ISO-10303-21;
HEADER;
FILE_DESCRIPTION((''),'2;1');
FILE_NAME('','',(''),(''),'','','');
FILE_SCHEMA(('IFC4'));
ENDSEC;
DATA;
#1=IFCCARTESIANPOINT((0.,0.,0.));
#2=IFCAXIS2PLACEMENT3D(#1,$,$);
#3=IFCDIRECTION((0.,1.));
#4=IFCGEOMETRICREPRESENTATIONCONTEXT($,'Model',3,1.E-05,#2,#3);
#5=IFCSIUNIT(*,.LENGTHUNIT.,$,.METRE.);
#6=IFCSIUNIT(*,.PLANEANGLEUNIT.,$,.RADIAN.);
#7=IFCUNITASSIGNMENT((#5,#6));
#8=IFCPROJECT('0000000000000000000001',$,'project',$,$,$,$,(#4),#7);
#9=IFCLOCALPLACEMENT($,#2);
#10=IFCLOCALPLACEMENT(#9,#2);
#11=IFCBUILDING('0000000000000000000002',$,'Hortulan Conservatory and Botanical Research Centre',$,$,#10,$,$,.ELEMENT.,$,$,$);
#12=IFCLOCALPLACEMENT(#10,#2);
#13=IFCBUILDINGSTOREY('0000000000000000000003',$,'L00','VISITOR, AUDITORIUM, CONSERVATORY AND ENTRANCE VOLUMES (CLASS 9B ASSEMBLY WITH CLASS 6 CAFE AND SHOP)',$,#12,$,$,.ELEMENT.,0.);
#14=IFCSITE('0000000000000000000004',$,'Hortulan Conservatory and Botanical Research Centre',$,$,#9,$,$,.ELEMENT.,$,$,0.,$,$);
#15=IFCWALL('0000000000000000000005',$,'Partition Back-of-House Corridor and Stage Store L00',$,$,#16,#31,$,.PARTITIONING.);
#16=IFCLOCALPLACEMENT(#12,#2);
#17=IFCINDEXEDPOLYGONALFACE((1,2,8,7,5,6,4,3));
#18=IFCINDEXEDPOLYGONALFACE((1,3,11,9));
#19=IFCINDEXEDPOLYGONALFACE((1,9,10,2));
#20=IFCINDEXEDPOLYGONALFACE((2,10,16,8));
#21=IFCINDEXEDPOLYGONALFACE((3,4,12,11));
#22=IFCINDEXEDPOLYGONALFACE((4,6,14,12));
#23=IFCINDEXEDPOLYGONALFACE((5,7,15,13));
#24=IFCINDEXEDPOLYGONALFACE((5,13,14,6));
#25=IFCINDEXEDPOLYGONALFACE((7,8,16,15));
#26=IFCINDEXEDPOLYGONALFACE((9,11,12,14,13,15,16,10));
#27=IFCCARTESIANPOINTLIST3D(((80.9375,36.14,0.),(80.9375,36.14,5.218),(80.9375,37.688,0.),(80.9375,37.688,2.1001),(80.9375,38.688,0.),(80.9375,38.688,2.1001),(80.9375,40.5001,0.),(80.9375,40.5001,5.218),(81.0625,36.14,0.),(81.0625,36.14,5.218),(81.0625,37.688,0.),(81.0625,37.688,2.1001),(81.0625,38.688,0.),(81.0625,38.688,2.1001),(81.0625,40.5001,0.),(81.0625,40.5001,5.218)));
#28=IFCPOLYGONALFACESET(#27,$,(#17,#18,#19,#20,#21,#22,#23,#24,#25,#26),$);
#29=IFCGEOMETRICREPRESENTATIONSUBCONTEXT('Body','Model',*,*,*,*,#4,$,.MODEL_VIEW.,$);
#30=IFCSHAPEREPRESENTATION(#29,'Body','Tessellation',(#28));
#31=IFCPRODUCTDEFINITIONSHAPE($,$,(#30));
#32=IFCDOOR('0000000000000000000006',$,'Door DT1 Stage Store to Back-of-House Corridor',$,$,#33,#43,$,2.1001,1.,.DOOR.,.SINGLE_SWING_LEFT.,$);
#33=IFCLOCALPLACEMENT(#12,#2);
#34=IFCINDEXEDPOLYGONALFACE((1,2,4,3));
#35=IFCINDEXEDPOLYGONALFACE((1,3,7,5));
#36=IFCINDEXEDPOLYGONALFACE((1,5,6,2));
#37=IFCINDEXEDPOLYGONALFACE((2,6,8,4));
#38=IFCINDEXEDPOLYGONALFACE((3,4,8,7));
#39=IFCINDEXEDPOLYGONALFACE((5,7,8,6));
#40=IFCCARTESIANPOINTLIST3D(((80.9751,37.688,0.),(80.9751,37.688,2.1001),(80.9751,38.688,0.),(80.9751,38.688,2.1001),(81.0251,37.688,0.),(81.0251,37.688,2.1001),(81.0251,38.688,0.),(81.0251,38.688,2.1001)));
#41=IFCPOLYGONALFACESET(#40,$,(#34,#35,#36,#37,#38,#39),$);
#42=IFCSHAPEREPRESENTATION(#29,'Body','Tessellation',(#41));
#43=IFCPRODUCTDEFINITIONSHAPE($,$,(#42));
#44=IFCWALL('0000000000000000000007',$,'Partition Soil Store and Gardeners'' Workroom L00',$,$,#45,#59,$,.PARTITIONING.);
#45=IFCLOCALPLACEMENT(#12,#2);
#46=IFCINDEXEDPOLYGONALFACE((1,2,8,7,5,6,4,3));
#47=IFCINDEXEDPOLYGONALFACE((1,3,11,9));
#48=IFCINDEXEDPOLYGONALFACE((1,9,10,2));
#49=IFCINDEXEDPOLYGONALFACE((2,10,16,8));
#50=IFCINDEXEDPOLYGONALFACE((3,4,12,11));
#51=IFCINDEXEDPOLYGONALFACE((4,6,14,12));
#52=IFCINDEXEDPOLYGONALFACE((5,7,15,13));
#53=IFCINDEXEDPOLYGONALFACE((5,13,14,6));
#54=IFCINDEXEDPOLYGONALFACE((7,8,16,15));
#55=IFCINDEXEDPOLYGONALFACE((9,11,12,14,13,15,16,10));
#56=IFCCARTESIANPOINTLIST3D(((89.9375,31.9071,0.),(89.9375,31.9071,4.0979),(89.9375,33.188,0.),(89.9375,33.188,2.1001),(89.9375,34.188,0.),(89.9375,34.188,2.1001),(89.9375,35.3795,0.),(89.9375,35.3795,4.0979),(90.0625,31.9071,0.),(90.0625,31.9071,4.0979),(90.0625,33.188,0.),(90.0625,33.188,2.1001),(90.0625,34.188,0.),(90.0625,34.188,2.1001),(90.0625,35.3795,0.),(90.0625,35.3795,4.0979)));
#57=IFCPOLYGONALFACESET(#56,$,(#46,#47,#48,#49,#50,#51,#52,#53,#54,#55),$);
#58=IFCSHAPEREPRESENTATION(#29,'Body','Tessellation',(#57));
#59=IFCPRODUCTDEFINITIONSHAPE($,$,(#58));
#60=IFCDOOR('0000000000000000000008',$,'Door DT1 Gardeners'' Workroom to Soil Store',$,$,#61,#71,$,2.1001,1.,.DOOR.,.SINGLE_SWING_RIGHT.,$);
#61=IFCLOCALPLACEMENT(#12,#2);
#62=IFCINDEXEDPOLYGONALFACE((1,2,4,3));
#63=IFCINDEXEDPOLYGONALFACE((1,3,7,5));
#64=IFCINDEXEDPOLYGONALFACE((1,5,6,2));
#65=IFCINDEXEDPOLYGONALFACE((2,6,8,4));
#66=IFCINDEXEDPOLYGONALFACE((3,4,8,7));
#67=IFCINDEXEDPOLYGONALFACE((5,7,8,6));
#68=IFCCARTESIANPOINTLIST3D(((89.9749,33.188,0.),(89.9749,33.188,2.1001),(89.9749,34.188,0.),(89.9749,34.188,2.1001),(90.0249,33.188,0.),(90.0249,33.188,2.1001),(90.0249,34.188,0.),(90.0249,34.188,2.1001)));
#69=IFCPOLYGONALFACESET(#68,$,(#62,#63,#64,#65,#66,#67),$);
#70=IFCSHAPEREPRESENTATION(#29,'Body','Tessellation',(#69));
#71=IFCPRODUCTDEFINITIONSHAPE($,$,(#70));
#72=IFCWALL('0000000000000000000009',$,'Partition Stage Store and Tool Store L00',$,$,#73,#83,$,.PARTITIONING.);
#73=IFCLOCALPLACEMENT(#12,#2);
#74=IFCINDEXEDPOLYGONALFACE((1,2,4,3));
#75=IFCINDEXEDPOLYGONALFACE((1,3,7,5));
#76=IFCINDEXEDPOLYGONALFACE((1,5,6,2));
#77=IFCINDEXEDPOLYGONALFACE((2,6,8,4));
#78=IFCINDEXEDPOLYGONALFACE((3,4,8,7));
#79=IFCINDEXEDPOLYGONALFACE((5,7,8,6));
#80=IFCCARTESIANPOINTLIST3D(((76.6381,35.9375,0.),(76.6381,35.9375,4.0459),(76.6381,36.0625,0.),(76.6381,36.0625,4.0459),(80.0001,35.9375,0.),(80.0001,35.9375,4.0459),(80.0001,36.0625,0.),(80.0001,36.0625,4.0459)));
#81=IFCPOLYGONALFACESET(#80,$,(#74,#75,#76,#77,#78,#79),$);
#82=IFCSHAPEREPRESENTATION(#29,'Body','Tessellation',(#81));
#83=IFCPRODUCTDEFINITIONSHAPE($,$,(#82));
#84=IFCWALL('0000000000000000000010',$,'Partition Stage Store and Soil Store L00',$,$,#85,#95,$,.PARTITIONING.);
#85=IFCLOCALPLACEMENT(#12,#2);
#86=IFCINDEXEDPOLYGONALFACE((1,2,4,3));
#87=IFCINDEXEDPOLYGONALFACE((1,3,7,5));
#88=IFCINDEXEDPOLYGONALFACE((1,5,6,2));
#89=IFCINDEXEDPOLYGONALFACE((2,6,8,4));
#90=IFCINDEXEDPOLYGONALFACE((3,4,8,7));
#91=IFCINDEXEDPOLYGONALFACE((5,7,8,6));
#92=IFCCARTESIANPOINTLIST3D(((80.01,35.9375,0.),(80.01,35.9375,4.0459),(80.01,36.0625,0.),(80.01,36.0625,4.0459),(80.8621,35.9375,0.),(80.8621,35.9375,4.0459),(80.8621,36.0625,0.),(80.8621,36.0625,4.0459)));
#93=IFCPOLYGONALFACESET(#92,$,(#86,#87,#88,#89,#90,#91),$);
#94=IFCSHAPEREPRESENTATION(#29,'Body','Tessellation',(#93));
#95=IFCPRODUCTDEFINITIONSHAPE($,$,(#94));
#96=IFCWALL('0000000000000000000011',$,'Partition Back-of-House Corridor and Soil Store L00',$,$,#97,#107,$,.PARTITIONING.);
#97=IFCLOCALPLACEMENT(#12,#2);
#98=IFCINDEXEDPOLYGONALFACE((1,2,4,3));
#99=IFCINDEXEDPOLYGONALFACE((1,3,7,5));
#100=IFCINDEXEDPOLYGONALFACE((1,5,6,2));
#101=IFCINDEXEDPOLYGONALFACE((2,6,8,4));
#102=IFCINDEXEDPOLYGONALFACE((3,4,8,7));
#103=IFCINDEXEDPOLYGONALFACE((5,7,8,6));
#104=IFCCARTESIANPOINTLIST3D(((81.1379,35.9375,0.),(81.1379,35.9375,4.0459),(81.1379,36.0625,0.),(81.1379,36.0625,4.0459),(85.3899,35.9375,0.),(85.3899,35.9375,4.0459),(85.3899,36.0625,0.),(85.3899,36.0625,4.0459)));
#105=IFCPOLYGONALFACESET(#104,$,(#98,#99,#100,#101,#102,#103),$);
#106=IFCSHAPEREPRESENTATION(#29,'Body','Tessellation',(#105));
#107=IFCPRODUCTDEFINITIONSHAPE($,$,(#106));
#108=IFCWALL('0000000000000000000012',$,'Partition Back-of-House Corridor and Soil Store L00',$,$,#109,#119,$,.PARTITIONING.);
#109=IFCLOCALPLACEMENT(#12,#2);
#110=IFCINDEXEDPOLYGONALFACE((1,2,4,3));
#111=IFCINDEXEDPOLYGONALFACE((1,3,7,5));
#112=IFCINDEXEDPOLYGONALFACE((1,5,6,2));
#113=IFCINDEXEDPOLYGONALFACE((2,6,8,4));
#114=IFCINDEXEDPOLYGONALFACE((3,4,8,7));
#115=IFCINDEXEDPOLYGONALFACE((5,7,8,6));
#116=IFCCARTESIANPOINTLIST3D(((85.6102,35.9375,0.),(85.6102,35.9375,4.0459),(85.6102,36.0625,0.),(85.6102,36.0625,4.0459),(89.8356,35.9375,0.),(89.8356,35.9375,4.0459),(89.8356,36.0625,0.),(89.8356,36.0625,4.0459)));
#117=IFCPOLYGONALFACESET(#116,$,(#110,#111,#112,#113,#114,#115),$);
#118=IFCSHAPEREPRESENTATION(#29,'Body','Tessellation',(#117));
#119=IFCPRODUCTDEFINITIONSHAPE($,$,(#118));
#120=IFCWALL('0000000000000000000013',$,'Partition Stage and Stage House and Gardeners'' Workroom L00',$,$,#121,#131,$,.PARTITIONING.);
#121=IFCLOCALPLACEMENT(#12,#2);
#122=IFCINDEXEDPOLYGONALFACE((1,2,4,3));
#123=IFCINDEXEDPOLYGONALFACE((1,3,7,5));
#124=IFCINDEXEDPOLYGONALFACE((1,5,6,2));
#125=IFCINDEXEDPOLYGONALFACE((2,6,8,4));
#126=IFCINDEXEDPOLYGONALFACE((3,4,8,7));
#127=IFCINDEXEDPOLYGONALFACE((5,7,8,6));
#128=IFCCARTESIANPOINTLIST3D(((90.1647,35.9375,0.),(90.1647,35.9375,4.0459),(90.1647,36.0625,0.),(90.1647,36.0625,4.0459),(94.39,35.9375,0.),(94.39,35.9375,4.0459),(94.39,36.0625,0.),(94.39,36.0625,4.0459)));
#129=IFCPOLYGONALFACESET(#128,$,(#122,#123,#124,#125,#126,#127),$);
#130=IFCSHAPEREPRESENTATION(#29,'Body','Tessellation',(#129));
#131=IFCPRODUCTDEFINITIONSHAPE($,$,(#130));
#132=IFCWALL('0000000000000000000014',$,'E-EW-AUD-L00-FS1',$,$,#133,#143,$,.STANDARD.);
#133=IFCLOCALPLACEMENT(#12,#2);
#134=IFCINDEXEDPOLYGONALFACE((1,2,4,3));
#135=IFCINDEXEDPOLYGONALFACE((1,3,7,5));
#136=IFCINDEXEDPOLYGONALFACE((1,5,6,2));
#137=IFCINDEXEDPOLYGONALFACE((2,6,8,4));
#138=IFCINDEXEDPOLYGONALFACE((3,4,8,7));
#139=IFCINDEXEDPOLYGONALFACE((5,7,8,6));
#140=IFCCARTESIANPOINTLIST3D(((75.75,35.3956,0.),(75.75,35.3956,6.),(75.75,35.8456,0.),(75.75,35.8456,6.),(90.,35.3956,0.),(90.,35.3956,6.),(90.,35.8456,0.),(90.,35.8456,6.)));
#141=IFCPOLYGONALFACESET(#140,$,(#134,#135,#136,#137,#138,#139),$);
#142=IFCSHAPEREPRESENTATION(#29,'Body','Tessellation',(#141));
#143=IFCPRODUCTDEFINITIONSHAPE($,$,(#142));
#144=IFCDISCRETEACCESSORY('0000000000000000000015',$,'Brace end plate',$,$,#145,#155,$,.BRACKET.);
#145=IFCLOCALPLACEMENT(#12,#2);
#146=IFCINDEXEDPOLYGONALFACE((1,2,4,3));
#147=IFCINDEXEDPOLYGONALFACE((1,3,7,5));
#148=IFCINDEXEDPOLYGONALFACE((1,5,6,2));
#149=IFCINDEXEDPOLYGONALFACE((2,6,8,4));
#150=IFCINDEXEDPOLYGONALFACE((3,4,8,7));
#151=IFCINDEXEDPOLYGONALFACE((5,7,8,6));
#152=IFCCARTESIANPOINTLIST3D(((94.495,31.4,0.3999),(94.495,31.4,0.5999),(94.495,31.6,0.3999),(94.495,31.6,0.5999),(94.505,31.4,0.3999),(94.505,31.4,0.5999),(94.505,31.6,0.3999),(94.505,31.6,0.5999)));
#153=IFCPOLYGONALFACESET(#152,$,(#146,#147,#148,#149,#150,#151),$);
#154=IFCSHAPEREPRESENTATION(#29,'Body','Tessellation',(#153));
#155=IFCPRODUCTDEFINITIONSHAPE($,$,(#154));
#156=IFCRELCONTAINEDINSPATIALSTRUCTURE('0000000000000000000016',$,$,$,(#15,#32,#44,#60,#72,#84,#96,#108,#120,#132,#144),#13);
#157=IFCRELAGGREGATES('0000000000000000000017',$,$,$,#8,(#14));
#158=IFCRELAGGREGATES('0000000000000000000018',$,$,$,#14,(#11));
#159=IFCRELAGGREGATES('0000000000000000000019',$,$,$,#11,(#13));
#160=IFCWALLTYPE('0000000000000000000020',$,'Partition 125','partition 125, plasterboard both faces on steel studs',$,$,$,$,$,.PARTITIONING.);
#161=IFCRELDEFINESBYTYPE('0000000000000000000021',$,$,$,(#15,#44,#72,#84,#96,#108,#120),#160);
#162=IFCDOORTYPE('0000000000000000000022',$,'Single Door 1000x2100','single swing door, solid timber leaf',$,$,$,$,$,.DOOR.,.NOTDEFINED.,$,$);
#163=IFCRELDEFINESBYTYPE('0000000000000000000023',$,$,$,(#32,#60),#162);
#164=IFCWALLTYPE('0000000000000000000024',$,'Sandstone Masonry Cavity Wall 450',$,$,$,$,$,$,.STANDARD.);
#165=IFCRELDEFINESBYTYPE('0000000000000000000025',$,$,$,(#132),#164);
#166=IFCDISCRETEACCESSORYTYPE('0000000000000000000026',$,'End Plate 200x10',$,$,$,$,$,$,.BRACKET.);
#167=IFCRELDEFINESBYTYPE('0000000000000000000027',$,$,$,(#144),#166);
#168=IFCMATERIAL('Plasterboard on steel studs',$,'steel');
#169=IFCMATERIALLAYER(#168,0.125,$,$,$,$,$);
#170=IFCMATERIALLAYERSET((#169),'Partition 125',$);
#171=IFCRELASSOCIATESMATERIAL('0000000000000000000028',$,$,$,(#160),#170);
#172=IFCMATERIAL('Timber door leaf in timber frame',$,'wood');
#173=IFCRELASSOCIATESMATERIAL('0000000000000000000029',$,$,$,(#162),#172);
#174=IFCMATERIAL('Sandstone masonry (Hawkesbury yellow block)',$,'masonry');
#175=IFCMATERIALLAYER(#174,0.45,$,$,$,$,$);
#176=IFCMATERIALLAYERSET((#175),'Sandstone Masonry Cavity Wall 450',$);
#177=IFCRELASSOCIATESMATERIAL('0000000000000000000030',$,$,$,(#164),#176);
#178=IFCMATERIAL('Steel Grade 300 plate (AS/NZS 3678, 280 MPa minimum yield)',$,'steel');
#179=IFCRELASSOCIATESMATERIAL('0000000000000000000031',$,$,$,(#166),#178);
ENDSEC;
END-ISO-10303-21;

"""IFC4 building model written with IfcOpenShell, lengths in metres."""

from ifc_helpers import new_model, si_unit, direction, frame, frame_2d, origin, origin_2d, place, context, subcontext, project, spatial, rectangle, extrude, material, layer, layer_set, type_object, element, fill, save


model = new_model("IFC4")

# Units and contexts
model_context = context("Model", 3, precision=1e-05, world=origin(), true_north=direction((0.0, 1.0)))
body_context = subcontext(model_context, "Body", "Model", "MODEL_VIEW")
ifc_project = project(units=[si_unit("LENGTHUNIT", "METRE"), si_unit("PLANEANGLEUNIT", "RADIAN")], contexts=[model_context])

# Site, building, storey
site_placement = place(None, origin())
site = spatial("IfcSite", under=ifc_project, at=site_placement, Name="Hortulan Conservatory and Botanical Research Centre", CompositionType="ELEMENT", RefElevation=0.0)
building_placement = place(site_placement, origin())
building = spatial("IfcBuilding", under=site, at=building_placement, Name="Hortulan Conservatory and Botanical Research Centre", CompositionType="ELEMENT")
storey_placement = place(building_placement, origin())
storey = spatial("IfcBuildingStorey", under=building, at=storey_placement, Name="L00", Description="VISITOR, AUDITORIUM, CONSERVATORY AND ENTRANCE VOLUMES (CLASS 9B ASSEMBLY WITH CLASS 6 CAFE AND SHOP)", CompositionType="ELEMENT", Elevation=0.0)

# Shared definitions
ifc_material_1 = material(Name="Timber door leaf in timber frame", Category="wood")

# Shared definitions
ifc_material_2 = material(Name="Plasterboard on steel studs", Category="steel")
ifc_layer_1 = layer(ifc_material_2, 0.125)
ifc_layer_set_1 = layer_set([ifc_layer_1], Name="Partition 125")
wall_type_1 = type_object("IfcWallType", Name="Partition 125", Description="partition 125, plasterboard both faces on steel studs", PredefinedType="PARTITIONING", material=ifc_layer_set_1)

# Walls, openings, doors
wall_1_placement = place(storey_placement, frame((81.0, 36.1399, 0.0), z_axis=(0.0, 0.0, 1.0), x_axis=(0.0, 1.0, 0.0)))
wall_1 = element("IfcWall", 1, at=wall_1_placement, inside=storey, type_object=wall_type_1, Name="Partition Back-of-House Corridor and Stage Store L00", PredefinedType="PARTITIONING", context=body_context, shape_type="SweptSolid", body=[
    extrude(rectangle(XDim=4.3601, YDim=0.125, at=frame_2d((2.1802, 0.0))), origin(), (0.0, 0.0, 1.0), 5.218),
])
opening_1_placement = place(wall_1_placement, frame((1.5481, 0.0, 0.0)))
opening_1 = element("IfcOpeningElement", 2, at=opening_1_placement, cuts=wall_1, PredefinedType="OPENING", context=body_context, shape_type="SweptSolid", body=[
    extrude(rectangle(XDim=1.0, YDim=2.1001, at=frame_2d((0.5, 1.05))), frame((0.0, 0.0725, 0.0), z_axis=(0.0, -1.0, 0.0), x_axis=(1.0, 0.0, 0.0)), (0.0, 0.0, 1.0), 0.145),
])
door_type_1 = type_object("IfcDoorType", Name="Single Door 1000x2100", Description="single swing door, solid timber leaf", OperationType="NOTDEFINED", PredefinedType="DOOR", material=ifc_material_1)
door_1_placement = place(opening_1_placement, origin())
door_1 = element("IfcDoor", 3, at=door_1_placement, inside=storey, type_object=door_type_1, Name="Door DT1 Stage Store to Back-of-House Corridor", OperationType="SINGLE_SWING_LEFT", OverallHeight=2.1001, OverallWidth=1.0, PredefinedType="DOOR", context=body_context, shape_type="SweptSolid", body=[
    extrude(rectangle(XDim=1.0, YDim=2.1001, at=frame_2d((0.5, 1.05))), frame((0.0, 0.0249, 0.0), z_axis=(0.0, -1.0, 0.0), x_axis=(1.0, 0.0, 0.0)), (0.0, 0.0, 1.0), 0.05),
])
fill(opening_1, door_1)
wall_2_placement = place(storey_placement, frame((90.0, 31.907, 0.0), z_axis=(0.0, 0.0, 1.0), x_axis=(0.0, 1.0, 0.0)))
wall_2 = element("IfcWall", 4, at=wall_2_placement, inside=storey, type_object=wall_type_1, Name="Partition Soil Store and Gardeners' Workroom L00", PredefinedType="PARTITIONING", context=body_context, shape_type="SweptSolid", body=[
    extrude(rectangle(XDim=3.4724, YDim=0.125, at=frame_2d((1.7363, 0.0))), origin(), (0.0, 0.0, 1.0), 4.0979),
])
opening_2_placement = place(wall_2_placement, frame((1.281, 0.0, 0.0)))
opening_2 = element("IfcOpeningElement", 5, at=opening_2_placement, cuts=wall_2, PredefinedType="OPENING", context=body_context, shape_type="SweptSolid", body=[
    extrude(rectangle(XDim=1.0, YDim=2.1001, at=frame_2d((0.5, 1.05))), frame((0.0, 0.0725, 0.0), z_axis=(0.0, -1.0, 0.0), x_axis=(1.0, 0.0, 0.0)), (0.0, 0.0, 1.0), 0.145),
])
door_2_placement = place(opening_2_placement, frame((1.0, 0.0, 0.0), z_axis=(0.0, 0.0, 1.0), x_axis=(-1.0, 0.0, 0.0)))
door_2 = element("IfcDoor", 6, at=door_2_placement, inside=storey, type_object=door_type_1, Name="Door DT1 Gardeners' Workroom to Soil Store", OperationType="SINGLE_SWING_RIGHT", OverallHeight=2.1001, OverallWidth=1.0, PredefinedType="DOOR", context=body_context, shape_type="SweptSolid", body=[
    extrude(rectangle(XDim=1.0, YDim=2.1001, at=frame_2d((0.5, 1.05))), frame((0.0, 0.0249, 0.0), z_axis=(0.0, -1.0, 0.0), x_axis=(1.0, 0.0, 0.0)), (0.0, 0.0, 1.0), 0.05),
])
fill(opening_2, door_2)

# Walls
wall_3_placement = place(storey_placement, frame((76.6379, 36.0, 0.0), z_axis=(0.0, 0.0, 1.0), x_axis=(1.0, 0.0, 0.0)))
element("IfcWall", 7, at=wall_3_placement, inside=storey, type_object=wall_type_1, Name="Partition Stage Store and Tool Store L00", PredefinedType="PARTITIONING", context=body_context, shape_type="SweptSolid", body=[
    extrude(rectangle(XDim=3.3621, YDim=0.125, at=frame_2d((1.6812, 0.0))), origin(), (0.0, 0.0, 1.0), 4.0459),
])
wall_4_placement = place(storey_placement, frame((80.01, 36.0, 0.0), z_axis=(0.0, 0.0, 1.0), x_axis=(1.0, 0.0, 0.0)))
element("IfcWall", 8, at=wall_4_placement, inside=storey, type_object=wall_type_1, Name="Partition Stage Store and Soil Store L00", PredefinedType="PARTITIONING", context=body_context, shape_type="SweptSolid", body=[
    extrude(rectangle(XDim=0.8521, YDim=0.125, at=frame_2d((0.426, 0.0))), origin(), (0.0, 0.0, 1.0), 4.0459),
])
wall_5_placement = place(storey_placement, frame((81.1379, 36.0, 0.0), z_axis=(0.0, 0.0, 1.0), x_axis=(1.0, 0.0, 0.0)))
element("IfcWall", 9, at=wall_5_placement, inside=storey, type_object=wall_type_1, Name="Partition Back-of-House Corridor and Soil Store L00", PredefinedType="PARTITIONING", context=body_context, shape_type="SweptSolid", body=[
    extrude(rectangle(XDim=4.252, YDim=0.125, at=frame_2d((2.126, 0.0))), origin(), (0.0, 0.0, 1.0), 4.0459),
])
for number, where, z_axis, x_axis, name in (
    (10, (85.6101, 36.0, 0.0), (0.0, 0.0, 1.0), (1.0, 0.0, 0.0), "Partition Back-of-House Corridor and Soil Store L00"),
    (11, (90.1646, 36.0, 0.0), (0.0, 0.0, 1.0), (1.0, 0.0, 0.0), "Partition Stage and Stage House and Gardeners' Workroom L00"),
):
    element("IfcWall", number, at=place(storey_placement, frame(where, z_axis=z_axis, x_axis=x_axis)), inside=storey, type_object=wall_type_1, Name=name, PredefinedType="PARTITIONING", context=body_context, shape_type="SweptSolid", body=[
        extrude(rectangle(XDim=4.2253, YDim=0.125, at=frame_2d((2.1128, 0.0))), origin(), (0.0, 0.0, 1.0), 4.0459),
    ])
ifc_material_3 = material(Name="Sandstone masonry (Hawkesbury yellow block)", Category="masonry")
ifc_layer_2 = layer(ifc_material_3, 0.45)
ifc_layer_set_2 = layer_set([ifc_layer_2], Name="Sandstone Masonry Cavity Wall 450")
wall_type_2 = type_object("IfcWallType", Name="Sandstone Masonry Cavity Wall 450", PredefinedType="STANDARD", material=ifc_layer_set_2)
wall_6_placement = place(storey_placement, frame((90.0, 35.6206, 0.0), z_axis=(0.0, 0.0, 1.0), x_axis=(-1.0, 0.0, 0.0)))
element("IfcWall", 12, at=wall_6_placement, inside=storey, type_object=wall_type_2, Name="E-EW-AUD-L00-FS1", PredefinedType="STANDARD", context=body_context, shape_type="SweptSolid", body=[
    extrude(rectangle(XDim=14.25, YDim=0.45, at=frame_2d((7.125, 0.0))), origin(), (0.0, 0.0, 1.0), 6.0),
])

# Discrete accessory
ifc_material_4 = material(Name="Steel Grade 300 plate (AS/NZS 3678, 280 MPa minimum yield)", Category="steel")
discrete_accessory_type = type_object("IfcDiscreteAccessoryType", Name="End Plate 200x10", PredefinedType="BRACKET", material=ifc_material_4)
discrete_accessory_placement = place(storey_placement, frame((94.5, 31.5, 0.3999), z_axis=(0.0, 0.0, 1.0), x_axis=(0.0, -1.0, 0.0)))
element("IfcDiscreteAccessory", 13, at=discrete_accessory_placement, inside=storey, type_object=discrete_accessory_type, Name="Brace end plate", PredefinedType="BRACKET", context=body_context, shape_type="SweptSolid", body=[
    extrude(rectangle(XDim=0.2, YDim=0.01, at=origin_2d()), origin(), (0.0, 0.0, 1.0), 0.2),
])

save(model, "model.ifc")
